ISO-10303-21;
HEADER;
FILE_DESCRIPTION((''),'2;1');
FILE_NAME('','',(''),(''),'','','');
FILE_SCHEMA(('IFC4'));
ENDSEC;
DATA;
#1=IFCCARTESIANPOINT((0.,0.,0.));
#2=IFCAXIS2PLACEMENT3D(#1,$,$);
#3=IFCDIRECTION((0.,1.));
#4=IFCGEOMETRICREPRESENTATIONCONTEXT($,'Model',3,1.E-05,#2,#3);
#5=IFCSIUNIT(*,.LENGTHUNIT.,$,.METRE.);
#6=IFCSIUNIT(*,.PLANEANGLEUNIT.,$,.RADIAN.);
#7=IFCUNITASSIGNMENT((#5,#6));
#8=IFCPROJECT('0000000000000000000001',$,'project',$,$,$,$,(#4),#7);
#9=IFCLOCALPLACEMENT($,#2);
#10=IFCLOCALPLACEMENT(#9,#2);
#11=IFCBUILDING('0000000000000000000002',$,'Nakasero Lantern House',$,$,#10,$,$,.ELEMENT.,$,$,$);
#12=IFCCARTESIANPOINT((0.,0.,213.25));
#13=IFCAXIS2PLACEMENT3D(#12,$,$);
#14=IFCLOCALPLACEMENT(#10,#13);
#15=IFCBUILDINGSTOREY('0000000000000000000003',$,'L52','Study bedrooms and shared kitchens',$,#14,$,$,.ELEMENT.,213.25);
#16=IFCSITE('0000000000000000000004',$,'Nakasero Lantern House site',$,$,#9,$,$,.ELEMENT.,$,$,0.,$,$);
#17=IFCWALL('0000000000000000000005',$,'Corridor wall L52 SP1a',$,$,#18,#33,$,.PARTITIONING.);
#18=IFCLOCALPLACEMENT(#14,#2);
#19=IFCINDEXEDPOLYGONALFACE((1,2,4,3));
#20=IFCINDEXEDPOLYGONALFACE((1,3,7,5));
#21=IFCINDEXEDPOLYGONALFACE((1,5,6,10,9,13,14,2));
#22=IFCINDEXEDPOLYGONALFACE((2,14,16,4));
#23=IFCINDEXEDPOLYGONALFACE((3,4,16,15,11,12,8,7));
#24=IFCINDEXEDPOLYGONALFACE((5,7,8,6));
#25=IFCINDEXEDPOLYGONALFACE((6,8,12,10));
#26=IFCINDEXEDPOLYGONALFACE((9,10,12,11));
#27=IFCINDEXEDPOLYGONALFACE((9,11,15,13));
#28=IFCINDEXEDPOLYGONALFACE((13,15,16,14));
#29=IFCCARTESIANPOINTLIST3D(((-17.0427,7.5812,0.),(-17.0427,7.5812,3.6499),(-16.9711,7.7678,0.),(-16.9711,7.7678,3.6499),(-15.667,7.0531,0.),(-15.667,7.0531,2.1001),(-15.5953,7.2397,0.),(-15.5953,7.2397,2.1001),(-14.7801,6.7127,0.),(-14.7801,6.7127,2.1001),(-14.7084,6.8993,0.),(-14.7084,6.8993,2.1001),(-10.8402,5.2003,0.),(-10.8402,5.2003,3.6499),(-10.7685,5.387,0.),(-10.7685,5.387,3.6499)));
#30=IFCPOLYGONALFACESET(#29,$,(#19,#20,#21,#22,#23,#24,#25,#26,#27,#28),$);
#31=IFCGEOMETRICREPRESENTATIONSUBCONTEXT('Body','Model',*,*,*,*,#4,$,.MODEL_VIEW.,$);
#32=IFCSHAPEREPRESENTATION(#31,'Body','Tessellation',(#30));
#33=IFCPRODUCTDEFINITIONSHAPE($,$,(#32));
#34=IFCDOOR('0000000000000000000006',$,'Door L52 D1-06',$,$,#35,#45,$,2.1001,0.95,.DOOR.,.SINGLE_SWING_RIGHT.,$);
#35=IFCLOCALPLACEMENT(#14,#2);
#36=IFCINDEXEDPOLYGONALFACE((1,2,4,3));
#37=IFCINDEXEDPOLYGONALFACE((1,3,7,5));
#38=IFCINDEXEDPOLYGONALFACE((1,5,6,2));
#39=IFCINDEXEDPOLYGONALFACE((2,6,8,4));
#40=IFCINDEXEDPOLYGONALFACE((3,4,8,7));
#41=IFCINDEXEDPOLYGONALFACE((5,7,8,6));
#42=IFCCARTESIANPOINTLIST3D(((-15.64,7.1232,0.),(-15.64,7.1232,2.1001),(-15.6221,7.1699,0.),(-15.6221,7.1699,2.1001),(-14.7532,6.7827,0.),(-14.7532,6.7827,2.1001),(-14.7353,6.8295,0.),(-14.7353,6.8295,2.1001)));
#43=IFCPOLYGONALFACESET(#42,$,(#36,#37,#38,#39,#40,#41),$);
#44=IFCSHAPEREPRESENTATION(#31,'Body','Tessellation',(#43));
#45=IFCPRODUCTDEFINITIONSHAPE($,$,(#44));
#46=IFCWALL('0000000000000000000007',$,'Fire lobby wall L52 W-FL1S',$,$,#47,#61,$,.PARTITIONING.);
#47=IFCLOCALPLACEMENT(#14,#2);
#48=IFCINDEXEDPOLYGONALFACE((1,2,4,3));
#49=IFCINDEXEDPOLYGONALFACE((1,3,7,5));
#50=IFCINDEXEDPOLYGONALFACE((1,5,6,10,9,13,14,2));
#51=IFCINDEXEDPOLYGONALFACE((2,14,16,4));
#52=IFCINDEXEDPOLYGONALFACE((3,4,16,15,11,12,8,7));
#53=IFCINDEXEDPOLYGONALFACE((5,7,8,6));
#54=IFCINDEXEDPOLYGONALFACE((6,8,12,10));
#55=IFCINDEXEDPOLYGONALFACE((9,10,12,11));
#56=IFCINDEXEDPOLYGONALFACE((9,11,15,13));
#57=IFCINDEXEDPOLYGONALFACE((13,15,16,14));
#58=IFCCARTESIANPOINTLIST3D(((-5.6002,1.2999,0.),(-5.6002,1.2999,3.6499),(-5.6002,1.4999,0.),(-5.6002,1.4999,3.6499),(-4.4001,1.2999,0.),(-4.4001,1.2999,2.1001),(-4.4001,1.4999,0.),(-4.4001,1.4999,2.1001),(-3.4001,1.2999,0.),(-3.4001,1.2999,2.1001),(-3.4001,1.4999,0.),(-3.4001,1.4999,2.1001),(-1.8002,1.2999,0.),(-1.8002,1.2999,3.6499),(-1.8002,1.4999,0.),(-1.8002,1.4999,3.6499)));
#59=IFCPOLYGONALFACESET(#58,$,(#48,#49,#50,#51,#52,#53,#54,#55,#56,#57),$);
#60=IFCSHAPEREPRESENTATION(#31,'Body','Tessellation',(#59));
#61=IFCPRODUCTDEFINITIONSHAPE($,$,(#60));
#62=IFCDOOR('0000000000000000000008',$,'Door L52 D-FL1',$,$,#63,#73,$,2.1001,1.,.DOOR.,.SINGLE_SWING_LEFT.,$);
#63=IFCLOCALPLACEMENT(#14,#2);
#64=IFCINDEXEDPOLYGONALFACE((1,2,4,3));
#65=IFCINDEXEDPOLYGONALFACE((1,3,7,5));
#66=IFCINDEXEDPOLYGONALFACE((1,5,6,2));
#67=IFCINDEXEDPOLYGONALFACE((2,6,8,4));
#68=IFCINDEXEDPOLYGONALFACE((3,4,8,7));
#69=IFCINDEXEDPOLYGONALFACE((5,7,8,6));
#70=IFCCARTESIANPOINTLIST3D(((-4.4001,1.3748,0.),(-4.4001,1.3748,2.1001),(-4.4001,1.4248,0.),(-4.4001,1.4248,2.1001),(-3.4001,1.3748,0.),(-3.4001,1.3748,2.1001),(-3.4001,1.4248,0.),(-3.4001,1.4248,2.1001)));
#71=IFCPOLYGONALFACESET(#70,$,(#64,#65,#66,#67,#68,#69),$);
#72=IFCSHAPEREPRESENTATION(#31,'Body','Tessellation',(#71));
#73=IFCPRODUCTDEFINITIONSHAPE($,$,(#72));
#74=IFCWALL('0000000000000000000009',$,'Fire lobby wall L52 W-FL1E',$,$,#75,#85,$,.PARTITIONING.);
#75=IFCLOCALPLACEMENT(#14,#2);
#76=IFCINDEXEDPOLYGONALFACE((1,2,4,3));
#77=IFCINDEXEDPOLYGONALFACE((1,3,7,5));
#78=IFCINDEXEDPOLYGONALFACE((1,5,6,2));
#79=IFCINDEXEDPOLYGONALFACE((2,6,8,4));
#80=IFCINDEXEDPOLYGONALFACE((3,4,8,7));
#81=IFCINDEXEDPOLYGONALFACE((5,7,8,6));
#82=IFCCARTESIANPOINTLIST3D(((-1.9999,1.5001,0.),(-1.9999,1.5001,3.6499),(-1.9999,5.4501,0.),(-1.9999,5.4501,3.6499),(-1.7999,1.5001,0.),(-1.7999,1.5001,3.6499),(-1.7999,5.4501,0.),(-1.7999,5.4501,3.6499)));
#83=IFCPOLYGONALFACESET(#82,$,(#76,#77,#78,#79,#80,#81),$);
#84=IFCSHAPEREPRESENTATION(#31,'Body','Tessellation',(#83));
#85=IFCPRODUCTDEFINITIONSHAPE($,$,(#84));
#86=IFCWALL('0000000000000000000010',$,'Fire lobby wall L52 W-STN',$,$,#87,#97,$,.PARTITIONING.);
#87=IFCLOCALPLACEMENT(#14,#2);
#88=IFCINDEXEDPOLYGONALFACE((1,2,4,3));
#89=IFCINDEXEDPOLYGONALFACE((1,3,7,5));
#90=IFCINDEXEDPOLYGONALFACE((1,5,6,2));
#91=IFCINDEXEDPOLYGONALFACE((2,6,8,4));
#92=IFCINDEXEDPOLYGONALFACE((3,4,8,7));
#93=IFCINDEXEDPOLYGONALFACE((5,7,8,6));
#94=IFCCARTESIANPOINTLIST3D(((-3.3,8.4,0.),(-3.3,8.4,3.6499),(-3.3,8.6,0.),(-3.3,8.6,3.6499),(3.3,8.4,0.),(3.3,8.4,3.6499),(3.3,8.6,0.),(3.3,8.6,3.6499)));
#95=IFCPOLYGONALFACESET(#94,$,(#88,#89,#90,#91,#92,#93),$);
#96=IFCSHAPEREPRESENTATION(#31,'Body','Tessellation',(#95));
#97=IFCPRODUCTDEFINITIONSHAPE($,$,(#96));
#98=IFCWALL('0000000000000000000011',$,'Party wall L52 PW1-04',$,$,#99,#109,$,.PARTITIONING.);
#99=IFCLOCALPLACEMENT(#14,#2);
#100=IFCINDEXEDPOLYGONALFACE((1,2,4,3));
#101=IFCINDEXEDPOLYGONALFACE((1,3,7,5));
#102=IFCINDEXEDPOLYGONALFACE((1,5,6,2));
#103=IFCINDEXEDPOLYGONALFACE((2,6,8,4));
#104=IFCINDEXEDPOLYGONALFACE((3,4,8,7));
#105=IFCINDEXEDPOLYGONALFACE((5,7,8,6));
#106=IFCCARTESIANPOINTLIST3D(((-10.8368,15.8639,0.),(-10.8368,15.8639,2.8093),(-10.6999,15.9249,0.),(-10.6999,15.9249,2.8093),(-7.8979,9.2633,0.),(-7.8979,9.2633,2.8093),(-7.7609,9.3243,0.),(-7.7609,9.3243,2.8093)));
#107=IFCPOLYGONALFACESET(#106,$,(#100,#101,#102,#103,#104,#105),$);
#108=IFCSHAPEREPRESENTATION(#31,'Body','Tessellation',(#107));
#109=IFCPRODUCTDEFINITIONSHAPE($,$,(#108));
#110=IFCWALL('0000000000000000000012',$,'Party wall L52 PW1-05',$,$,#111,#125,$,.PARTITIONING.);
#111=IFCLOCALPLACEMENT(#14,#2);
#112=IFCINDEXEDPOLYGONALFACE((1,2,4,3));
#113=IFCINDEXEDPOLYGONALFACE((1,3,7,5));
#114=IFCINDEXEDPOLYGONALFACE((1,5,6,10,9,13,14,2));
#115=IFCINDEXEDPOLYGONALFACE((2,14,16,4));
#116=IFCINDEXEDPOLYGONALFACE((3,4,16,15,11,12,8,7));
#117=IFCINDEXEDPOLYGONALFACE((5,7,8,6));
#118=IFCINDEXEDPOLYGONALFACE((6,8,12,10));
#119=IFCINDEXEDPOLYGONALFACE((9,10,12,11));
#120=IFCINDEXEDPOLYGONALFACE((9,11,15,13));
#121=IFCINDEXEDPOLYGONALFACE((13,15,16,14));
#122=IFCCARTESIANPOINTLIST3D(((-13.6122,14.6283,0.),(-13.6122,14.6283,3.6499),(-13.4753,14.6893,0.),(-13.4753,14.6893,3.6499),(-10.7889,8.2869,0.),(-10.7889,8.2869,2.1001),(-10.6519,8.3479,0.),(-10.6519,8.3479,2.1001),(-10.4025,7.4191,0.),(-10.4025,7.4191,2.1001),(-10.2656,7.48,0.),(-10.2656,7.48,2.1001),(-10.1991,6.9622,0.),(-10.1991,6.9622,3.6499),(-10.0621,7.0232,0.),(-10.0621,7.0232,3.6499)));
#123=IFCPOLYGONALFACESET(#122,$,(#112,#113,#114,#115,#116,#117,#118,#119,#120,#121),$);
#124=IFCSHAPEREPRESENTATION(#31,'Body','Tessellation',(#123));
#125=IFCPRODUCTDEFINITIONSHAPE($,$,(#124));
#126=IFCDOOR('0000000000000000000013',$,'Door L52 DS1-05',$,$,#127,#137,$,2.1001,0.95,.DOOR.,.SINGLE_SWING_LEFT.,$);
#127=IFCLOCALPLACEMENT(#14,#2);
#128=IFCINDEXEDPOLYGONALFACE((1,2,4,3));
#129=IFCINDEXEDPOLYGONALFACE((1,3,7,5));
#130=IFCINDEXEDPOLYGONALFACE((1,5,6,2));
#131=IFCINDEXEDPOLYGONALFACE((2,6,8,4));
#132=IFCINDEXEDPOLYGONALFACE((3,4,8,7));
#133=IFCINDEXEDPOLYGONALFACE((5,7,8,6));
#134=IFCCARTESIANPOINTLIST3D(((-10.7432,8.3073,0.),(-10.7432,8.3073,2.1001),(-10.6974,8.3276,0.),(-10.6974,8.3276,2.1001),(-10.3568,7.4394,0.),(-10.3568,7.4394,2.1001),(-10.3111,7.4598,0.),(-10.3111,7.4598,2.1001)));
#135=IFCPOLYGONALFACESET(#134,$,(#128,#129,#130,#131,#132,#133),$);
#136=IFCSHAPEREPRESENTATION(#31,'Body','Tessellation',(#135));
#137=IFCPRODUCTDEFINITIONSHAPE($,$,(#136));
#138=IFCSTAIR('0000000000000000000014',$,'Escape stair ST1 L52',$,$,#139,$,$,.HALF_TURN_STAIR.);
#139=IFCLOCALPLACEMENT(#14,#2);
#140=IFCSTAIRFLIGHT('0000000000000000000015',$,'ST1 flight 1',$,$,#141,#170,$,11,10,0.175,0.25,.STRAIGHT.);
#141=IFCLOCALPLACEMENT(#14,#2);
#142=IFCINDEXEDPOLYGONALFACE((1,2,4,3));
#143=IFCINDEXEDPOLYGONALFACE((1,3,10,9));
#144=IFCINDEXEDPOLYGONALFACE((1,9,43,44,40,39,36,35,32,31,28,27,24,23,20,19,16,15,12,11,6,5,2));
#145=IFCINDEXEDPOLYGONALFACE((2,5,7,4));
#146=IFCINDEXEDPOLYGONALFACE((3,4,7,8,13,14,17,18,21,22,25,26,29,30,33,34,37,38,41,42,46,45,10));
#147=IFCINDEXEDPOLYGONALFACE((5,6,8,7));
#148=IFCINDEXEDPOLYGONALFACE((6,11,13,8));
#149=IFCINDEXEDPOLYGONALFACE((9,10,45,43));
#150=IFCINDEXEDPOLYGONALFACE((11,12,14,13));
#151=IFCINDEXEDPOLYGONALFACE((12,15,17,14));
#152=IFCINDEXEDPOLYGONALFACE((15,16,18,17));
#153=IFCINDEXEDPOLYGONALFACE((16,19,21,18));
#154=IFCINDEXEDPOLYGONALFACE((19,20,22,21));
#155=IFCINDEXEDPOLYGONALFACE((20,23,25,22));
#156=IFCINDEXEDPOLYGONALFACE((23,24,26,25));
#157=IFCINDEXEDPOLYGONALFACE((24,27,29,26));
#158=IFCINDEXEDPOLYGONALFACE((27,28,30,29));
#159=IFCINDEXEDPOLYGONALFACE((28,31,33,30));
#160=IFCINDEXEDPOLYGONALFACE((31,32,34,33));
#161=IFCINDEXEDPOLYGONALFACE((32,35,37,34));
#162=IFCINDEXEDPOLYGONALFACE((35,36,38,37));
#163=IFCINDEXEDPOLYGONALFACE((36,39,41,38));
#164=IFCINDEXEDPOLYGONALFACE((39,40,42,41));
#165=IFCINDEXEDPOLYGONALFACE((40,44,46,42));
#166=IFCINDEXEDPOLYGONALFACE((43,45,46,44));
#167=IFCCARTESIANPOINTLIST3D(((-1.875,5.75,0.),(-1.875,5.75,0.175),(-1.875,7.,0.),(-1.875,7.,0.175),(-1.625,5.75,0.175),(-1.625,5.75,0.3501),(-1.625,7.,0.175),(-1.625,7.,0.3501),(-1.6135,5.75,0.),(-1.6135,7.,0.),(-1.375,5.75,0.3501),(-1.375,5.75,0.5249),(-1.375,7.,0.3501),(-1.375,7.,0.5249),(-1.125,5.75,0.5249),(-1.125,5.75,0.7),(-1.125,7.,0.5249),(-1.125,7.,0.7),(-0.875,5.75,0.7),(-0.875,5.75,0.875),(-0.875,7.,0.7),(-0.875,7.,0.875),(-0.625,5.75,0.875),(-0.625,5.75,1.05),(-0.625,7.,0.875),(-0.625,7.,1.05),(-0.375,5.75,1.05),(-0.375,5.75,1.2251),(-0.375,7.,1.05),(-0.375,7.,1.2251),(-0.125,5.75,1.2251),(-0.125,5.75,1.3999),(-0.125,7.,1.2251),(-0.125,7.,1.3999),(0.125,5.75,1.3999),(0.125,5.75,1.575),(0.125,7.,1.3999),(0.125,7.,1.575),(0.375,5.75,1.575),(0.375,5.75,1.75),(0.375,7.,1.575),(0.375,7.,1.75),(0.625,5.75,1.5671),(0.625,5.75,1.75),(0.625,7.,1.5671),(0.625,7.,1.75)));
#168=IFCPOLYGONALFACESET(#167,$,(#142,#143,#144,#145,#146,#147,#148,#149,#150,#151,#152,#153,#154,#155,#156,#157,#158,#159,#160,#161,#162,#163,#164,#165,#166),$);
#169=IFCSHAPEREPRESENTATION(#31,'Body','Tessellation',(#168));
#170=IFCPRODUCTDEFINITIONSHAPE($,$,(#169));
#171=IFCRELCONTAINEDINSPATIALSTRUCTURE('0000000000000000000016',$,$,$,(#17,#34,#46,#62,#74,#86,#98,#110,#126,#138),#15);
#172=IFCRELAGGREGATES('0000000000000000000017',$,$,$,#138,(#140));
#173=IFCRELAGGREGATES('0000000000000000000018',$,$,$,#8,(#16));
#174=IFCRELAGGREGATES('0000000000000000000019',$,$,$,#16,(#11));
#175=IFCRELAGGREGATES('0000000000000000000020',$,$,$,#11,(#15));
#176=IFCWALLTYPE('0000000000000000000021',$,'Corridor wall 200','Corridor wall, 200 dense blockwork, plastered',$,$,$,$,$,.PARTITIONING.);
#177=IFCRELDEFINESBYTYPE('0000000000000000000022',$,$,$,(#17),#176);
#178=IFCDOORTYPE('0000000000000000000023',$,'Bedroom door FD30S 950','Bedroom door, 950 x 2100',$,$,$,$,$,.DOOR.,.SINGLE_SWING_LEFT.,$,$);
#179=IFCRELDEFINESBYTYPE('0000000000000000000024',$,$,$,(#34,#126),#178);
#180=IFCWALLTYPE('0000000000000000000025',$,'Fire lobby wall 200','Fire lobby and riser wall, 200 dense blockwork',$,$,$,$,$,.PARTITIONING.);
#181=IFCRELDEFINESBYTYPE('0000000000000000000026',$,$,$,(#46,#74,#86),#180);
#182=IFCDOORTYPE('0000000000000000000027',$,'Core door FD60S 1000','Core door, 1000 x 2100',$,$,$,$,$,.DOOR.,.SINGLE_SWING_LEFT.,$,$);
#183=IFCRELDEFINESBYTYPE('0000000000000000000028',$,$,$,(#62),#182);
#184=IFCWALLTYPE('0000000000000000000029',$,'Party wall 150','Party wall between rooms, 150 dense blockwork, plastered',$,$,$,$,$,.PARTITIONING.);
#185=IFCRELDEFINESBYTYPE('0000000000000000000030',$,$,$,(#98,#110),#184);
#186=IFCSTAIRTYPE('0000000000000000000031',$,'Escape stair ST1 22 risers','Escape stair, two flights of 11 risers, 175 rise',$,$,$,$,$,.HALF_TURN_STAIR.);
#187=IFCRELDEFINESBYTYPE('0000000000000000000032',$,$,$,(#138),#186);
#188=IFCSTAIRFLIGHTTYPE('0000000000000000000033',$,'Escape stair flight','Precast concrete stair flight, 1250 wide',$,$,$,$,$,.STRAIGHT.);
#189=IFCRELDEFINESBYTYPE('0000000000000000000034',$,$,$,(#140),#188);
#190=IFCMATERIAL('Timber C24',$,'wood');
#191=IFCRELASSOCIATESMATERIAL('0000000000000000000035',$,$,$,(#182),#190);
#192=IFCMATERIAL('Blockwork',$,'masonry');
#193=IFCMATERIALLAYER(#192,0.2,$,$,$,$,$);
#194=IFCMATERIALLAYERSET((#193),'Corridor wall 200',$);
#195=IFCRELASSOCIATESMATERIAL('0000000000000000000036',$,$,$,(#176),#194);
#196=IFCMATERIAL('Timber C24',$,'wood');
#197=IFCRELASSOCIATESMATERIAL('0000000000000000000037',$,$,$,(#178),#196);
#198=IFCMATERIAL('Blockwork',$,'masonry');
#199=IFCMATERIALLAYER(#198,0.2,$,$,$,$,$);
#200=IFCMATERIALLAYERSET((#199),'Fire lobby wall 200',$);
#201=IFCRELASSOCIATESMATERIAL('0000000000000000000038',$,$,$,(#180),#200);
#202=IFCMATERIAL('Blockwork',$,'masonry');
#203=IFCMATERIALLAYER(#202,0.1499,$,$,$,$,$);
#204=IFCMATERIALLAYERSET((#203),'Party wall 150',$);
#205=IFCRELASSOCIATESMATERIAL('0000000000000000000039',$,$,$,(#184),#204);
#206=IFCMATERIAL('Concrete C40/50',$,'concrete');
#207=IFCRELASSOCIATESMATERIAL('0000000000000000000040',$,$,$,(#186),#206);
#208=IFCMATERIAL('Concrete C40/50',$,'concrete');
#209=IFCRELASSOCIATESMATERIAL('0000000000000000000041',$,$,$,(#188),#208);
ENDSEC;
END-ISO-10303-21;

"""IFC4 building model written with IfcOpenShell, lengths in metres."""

from ifc_helpers import new_model, si_unit, direction, frame, frame_2d, origin, place, context, subcontext, project, spatial, polyline, rectangle, outline, extrude, material, layer, layer_set, type_object, element, fill, aggregate, save


model = new_model("IFC4")

# Units and contexts
model_context = context("Model", 3, precision=1e-05, world=origin(), true_north=direction((0.0, 1.0)))
body_context = subcontext(model_context, "Body", "Model", "MODEL_VIEW")
ifc_project = project(units=[si_unit("LENGTHUNIT", "METRE"), si_unit("PLANEANGLEUNIT", "RADIAN")], contexts=[model_context])

# Site, building, storey
site_placement = place(None, origin())
site = spatial("IfcSite", under=ifc_project, at=site_placement, Name="Nakasero Lantern House site", CompositionType="ELEMENT", RefElevation=0.0)
building_placement = place(site_placement, origin())
building = spatial("IfcBuilding", under=site, at=building_placement, Name="Nakasero Lantern House", CompositionType="ELEMENT")
storey_placement = place(building_placement, frame((0.0, 0.0, 213.25)))
storey = spatial("IfcBuildingStorey", under=building, at=storey_placement, Name="L52", Description="Study bedrooms and shared kitchens", CompositionType="ELEMENT", Elevation=213.25)

# Shared definitions
ifc_material_1 = material(Name="Timber C24", Category="wood")
door_type_1 = type_object("IfcDoorType", Name="Core door FD60S 1000", Description="Core door, 1000 x 2100", OperationType="SINGLE_SWING_LEFT", PredefinedType="DOOR", material=ifc_material_1)

# Walls, openings, doors
ifc_material_2 = material(Name="Blockwork", Category="masonry")
ifc_layer_1 = layer(ifc_material_2, 0.2)
ifc_layer_set_1 = layer_set([ifc_layer_1], Name="Corridor wall 200")
wall_type_1 = type_object("IfcWallType", Name="Corridor wall 200", Description="Corridor wall, 200 dense blockwork, plastered", PredefinedType="PARTITIONING", material=ifc_layer_set_1)
ifc_material_3 = material(Name="Timber C24", Category="wood")
door_type_2 = type_object("IfcDoorType", Name="Bedroom door FD30S 950", Description="Bedroom door, 950 x 2100", OperationType="SINGLE_SWING_LEFT", PredefinedType="DOOR", material=ifc_material_3)
wall_1_placement = place(storey_placement, frame((-10.8044, 5.2937, 0.0), z_axis=(0.0, 0.0, 1.0), x_axis=(-0.933586, 0.358354, 0.0)))
wall_1 = element("IfcWall", 1, at=wall_1_placement, inside=storey, type_object=wall_type_1, Name="Corridor wall L52 SP1a", PredefinedType="PARTITIONING", context=body_context, shape_type="SweptSolid", body=[
    extrude(rectangle(XDim=6.6438, YDim=0.2, at=frame_2d((3.3218, 0.0))), origin(), (0.0, 0.0, 1.0), 3.6499),
])
opening_1_placement = place(wall_1_placement, frame((4.22, 0.0, 0.0)))
opening_1 = element("IfcOpeningElement", 2, at=opening_1_placement, cuts=wall_1, PredefinedType="OPENING", context=body_context, shape_type="SweptSolid", body=[
    extrude(rectangle(XDim=0.95, YDim=2.1001, at=frame_2d((0.4751, 1.05))), frame((0.0, 0.1199, 0.0), z_axis=(0.0, -1.0, 0.0), x_axis=(1.0, 0.0, 0.0)), (0.0, 0.0, 1.0), 0.24),
])
door_1_placement = place(opening_1_placement, origin())
door_1 = element("IfcDoor", 3, at=door_1_placement, inside=storey, type_object=door_type_2, Name="Door L52 D1-06", OperationType="SINGLE_SWING_RIGHT", OverallHeight=2.1001, OverallWidth=0.95, PredefinedType="DOOR", context=body_context, shape_type="SweptSolid", body=[
    extrude(rectangle(XDim=0.95, YDim=2.1001, at=frame_2d((0.4751, 1.05))), frame((0.0, 0.0249, 0.0), z_axis=(0.0, -1.0, 0.0), x_axis=(1.0, 0.0, 0.0)), (0.0, 0.0, 1.0), 0.05),
])
fill(opening_1, door_1)
ifc_material_4 = material(Name="Blockwork", Category="masonry")
ifc_layer_2 = layer(ifc_material_4, 0.2)
ifc_layer_set_2 = layer_set([ifc_layer_2], Name="Fire lobby wall 200")
wall_type_2 = type_object("IfcWallType", Name="Fire lobby wall 200", Description="Fire lobby and riser wall, 200 dense blockwork", PredefinedType="PARTITIONING", material=ifc_layer_set_2)
wall_2_placement = place(storey_placement, frame((-5.6001, 1.3999, 0.0), z_axis=(0.0, 0.0, 1.0), x_axis=(1.0, 0.0, 0.0)))
wall_2 = element("IfcWall", 4, at=wall_2_placement, inside=storey, type_object=wall_type_2, Name="Fire lobby wall L52 W-FL1S", PredefinedType="PARTITIONING", context=body_context, shape_type="SweptSolid", body=[
    extrude(rectangle(XDim=3.8, YDim=0.2, at=frame_2d((1.8999, 0.0))), origin(), (0.0, 0.0, 1.0), 3.6499),
])
opening_2_placement = place(wall_2_placement, frame((1.2, 0.0, 0.0)))
opening_2 = element("IfcOpeningElement", 5, at=opening_2_placement, cuts=wall_2, PredefinedType="OPENING", context=body_context, shape_type="SweptSolid", body=[
    extrude(rectangle(XDim=1.0, YDim=2.1001, at=frame_2d((0.5, 1.05))), frame((0.0, 0.1199, 0.0), z_axis=(0.0, -1.0, 0.0), x_axis=(1.0, 0.0, 0.0)), (0.0, 0.0, 1.0), 0.24),
])
door_2_placement = place(opening_2_placement, origin())
door_2 = element("IfcDoor", 6, at=door_2_placement, inside=storey, type_object=door_type_1, Name="Door L52 D-FL1", OperationType="SINGLE_SWING_LEFT", OverallHeight=2.1001, OverallWidth=1.0, PredefinedType="DOOR", context=body_context, shape_type="SweptSolid", body=[
    extrude(rectangle(XDim=1.0, YDim=2.1001, at=frame_2d((0.5, 1.05))), frame((0.0, 0.0249, 0.0), z_axis=(0.0, -1.0, 0.0), x_axis=(1.0, 0.0, 0.0)), (0.0, 0.0, 1.0), 0.05),
])
fill(opening_2, door_2)

# Walls
wall_3_placement = place(storey_placement, frame((-1.8999, 1.5, 0.0), z_axis=(0.0, 0.0, 1.0), x_axis=(0.0, 1.0, 0.0)))
element("IfcWall", 7, at=wall_3_placement, inside=storey, type_object=wall_type_2, Name="Fire lobby wall L52 W-FL1E", PredefinedType="PARTITIONING", context=body_context, shape_type="SweptSolid", body=[
    extrude(rectangle(XDim=3.95, YDim=0.2, at=frame_2d((1.9751, 0.0))), origin(), (0.0, 0.0, 1.0), 3.6499),
])
wall_4_placement = place(storey_placement, frame((-3.3, 8.5, 0.0), z_axis=(0.0, 0.0, 1.0), x_axis=(1.0, 0.0, 0.0)))
element("IfcWall", 8, at=wall_4_placement, inside=storey, type_object=wall_type_2, Name="Fire lobby wall L52 W-STN", PredefinedType="PARTITIONING", context=body_context, shape_type="SweptSolid", body=[
    extrude(rectangle(XDim=6.6001, YDim=0.2, at=frame_2d((3.3, 0.0))), origin(), (0.0, 0.0, 1.0), 3.6499),
])
ifc_material_5 = material(Name="Blockwork", Category="masonry")
ifc_layer_3 = layer(ifc_material_5, 0.1499)
ifc_layer_set_3 = layer_set([ifc_layer_3], Name="Party wall 150")
wall_type_3 = type_object("IfcWallType", Name="Party wall 150", Description="Party wall between rooms, 150 dense blockwork, plastered", PredefinedType="PARTITIONING", material=ifc_layer_set_3)
wall_5_placement = place(storey_placement, frame((-7.8293, 9.2937, 0.0), z_axis=(0.0, 0.0, 1.0), x_axis=(-0.406759, 0.913535, 0.0)))
element("IfcWall", 9, at=wall_5_placement, inside=storey, type_object=wall_type_3, Name="Party wall L52 PW1-04", PredefinedType="PARTITIONING", context=body_context, shape_type="SweptSolid", body=[
    extrude(rectangle(XDim=7.2253, YDim=0.1499, at=frame_2d((3.6128, 0.0))), origin(), (0.0, 0.0, 1.0), 2.8093),
])

# Wall, opening, door
wall_6_placement = place(storey_placement, frame((-10.1306, 6.9927, 0.0), z_axis=(0.0, 0.0, 1.0), x_axis=(-0.406732, 0.913547, 0.0)))
wall_6 = element("IfcWall", 10, at=wall_6_placement, inside=storey, type_object=wall_type_3, Name="Party wall L52 PW1-05", PredefinedType="PARTITIONING", context=body_context, shape_type="SweptSolid", body=[
    extrude(rectangle(XDim=8.3916, YDim=0.1499, at=frame_2d((4.1958, 0.0))), origin(), (0.0, 0.0, 1.0), 3.6499),
])
opening_3_placement = place(wall_6_placement, frame((0.5, 0.0, 0.0)))
opening_3 = element("IfcOpeningElement", 11, at=opening_3_placement, cuts=wall_6, PredefinedType="OPENING", context=body_context, shape_type="SweptSolid", body=[
    extrude(rectangle(XDim=0.95, YDim=2.1001, at=frame_2d((0.4751, 1.05))), frame((0.0, 0.095, 0.0), z_axis=(0.0, -1.0, 0.0), x_axis=(1.0, 0.0, 0.0)), (0.0, 0.0, 1.0), 0.1899),
])
door_3_placement = place(opening_3_placement, origin())
door_3 = element("IfcDoor", 12, at=door_3_placement, inside=storey, type_object=door_type_2, Name="Door L52 DS1-05", OperationType="SINGLE_SWING_LEFT", OverallHeight=2.1001, OverallWidth=0.95, PredefinedType="DOOR", context=body_context, shape_type="SweptSolid", body=[
    extrude(rectangle(XDim=0.95, YDim=2.1001, at=frame_2d((0.4751, 1.05))), frame((0.0, 0.0249, 0.0), z_axis=(0.0, -1.0, 0.0), x_axis=(1.0, 0.0, 0.0)), (0.0, 0.0, 1.0), 0.05),
])
fill(opening_3, door_3)

# Stair, stair flight
ifc_material_6 = material(Name="Concrete C40/50", Category="concrete")
stair_type = type_object("IfcStairType", Name="Escape stair ST1 22 risers", Description="Escape stair, two flights of 11 risers, 175 rise", PredefinedType="HALF_TURN_STAIR", material=ifc_material_6)
stair_placement = place(storey_placement, origin())
stair = element("IfcStair", 13, at=stair_placement, inside=storey, type_object=stair_type, Name="Escape stair ST1 L52", PredefinedType="HALF_TURN_STAIR")
ifc_material_7 = material(Name="Concrete C40/50", Category="concrete")
stair_flight_type = type_object("IfcStairFlightType", Name="Escape stair flight", Description="Precast concrete stair flight, 1250 wide", PredefinedType="STRAIGHT", material=ifc_material_7)
stair_flight_placement = place(storey_placement, frame((-1.875, 6.375, 0.0), z_axis=(0.0, 0.0, 1.0), x_axis=(1.0, 0.0, 0.0)))
stair_flight = element("IfcStairFlight", 14, at=stair_flight_placement, type_object=stair_flight_type, Name="ST1 flight 1", NumberOfRisers=11, NumberOfTreads=10, PredefinedType="STRAIGHT", RiserHeight=0.175, TreadLength=0.25, context=body_context, shape_type="SweptSolid", body=[
    extrude(outline(polyline([(0.0, 0.0), (0.0, 0.175), (0.25, 0.175), (0.25, 0.3501), (0.5, 0.3501), (0.5, 0.5249), (0.75, 0.5249), (0.75, 0.7), (1.0, 0.7), (1.0, 0.875), (1.25, 0.875), (1.25, 1.05), (1.5, 1.05), (1.5, 1.2251), (1.75, 1.2251), (1.75, 1.3999), (2.0, 1.3999), (2.0, 1.575), (2.25, 1.575), (2.25, 1.75), (2.5, 1.75), (2.5, 1.925), (2.5, 1.5671), (0.2615, 0.0), (0.0, 0.0)])), frame((0.0, 0.625, 0.0), z_axis=(0.0, -1.0, 0.0), x_axis=(1.0, 0.0, 0.0)), (0.0, 0.0, 1.0), 1.25),
])
aggregate(stair, [stair_flight])

save(model, "model.ifc")
